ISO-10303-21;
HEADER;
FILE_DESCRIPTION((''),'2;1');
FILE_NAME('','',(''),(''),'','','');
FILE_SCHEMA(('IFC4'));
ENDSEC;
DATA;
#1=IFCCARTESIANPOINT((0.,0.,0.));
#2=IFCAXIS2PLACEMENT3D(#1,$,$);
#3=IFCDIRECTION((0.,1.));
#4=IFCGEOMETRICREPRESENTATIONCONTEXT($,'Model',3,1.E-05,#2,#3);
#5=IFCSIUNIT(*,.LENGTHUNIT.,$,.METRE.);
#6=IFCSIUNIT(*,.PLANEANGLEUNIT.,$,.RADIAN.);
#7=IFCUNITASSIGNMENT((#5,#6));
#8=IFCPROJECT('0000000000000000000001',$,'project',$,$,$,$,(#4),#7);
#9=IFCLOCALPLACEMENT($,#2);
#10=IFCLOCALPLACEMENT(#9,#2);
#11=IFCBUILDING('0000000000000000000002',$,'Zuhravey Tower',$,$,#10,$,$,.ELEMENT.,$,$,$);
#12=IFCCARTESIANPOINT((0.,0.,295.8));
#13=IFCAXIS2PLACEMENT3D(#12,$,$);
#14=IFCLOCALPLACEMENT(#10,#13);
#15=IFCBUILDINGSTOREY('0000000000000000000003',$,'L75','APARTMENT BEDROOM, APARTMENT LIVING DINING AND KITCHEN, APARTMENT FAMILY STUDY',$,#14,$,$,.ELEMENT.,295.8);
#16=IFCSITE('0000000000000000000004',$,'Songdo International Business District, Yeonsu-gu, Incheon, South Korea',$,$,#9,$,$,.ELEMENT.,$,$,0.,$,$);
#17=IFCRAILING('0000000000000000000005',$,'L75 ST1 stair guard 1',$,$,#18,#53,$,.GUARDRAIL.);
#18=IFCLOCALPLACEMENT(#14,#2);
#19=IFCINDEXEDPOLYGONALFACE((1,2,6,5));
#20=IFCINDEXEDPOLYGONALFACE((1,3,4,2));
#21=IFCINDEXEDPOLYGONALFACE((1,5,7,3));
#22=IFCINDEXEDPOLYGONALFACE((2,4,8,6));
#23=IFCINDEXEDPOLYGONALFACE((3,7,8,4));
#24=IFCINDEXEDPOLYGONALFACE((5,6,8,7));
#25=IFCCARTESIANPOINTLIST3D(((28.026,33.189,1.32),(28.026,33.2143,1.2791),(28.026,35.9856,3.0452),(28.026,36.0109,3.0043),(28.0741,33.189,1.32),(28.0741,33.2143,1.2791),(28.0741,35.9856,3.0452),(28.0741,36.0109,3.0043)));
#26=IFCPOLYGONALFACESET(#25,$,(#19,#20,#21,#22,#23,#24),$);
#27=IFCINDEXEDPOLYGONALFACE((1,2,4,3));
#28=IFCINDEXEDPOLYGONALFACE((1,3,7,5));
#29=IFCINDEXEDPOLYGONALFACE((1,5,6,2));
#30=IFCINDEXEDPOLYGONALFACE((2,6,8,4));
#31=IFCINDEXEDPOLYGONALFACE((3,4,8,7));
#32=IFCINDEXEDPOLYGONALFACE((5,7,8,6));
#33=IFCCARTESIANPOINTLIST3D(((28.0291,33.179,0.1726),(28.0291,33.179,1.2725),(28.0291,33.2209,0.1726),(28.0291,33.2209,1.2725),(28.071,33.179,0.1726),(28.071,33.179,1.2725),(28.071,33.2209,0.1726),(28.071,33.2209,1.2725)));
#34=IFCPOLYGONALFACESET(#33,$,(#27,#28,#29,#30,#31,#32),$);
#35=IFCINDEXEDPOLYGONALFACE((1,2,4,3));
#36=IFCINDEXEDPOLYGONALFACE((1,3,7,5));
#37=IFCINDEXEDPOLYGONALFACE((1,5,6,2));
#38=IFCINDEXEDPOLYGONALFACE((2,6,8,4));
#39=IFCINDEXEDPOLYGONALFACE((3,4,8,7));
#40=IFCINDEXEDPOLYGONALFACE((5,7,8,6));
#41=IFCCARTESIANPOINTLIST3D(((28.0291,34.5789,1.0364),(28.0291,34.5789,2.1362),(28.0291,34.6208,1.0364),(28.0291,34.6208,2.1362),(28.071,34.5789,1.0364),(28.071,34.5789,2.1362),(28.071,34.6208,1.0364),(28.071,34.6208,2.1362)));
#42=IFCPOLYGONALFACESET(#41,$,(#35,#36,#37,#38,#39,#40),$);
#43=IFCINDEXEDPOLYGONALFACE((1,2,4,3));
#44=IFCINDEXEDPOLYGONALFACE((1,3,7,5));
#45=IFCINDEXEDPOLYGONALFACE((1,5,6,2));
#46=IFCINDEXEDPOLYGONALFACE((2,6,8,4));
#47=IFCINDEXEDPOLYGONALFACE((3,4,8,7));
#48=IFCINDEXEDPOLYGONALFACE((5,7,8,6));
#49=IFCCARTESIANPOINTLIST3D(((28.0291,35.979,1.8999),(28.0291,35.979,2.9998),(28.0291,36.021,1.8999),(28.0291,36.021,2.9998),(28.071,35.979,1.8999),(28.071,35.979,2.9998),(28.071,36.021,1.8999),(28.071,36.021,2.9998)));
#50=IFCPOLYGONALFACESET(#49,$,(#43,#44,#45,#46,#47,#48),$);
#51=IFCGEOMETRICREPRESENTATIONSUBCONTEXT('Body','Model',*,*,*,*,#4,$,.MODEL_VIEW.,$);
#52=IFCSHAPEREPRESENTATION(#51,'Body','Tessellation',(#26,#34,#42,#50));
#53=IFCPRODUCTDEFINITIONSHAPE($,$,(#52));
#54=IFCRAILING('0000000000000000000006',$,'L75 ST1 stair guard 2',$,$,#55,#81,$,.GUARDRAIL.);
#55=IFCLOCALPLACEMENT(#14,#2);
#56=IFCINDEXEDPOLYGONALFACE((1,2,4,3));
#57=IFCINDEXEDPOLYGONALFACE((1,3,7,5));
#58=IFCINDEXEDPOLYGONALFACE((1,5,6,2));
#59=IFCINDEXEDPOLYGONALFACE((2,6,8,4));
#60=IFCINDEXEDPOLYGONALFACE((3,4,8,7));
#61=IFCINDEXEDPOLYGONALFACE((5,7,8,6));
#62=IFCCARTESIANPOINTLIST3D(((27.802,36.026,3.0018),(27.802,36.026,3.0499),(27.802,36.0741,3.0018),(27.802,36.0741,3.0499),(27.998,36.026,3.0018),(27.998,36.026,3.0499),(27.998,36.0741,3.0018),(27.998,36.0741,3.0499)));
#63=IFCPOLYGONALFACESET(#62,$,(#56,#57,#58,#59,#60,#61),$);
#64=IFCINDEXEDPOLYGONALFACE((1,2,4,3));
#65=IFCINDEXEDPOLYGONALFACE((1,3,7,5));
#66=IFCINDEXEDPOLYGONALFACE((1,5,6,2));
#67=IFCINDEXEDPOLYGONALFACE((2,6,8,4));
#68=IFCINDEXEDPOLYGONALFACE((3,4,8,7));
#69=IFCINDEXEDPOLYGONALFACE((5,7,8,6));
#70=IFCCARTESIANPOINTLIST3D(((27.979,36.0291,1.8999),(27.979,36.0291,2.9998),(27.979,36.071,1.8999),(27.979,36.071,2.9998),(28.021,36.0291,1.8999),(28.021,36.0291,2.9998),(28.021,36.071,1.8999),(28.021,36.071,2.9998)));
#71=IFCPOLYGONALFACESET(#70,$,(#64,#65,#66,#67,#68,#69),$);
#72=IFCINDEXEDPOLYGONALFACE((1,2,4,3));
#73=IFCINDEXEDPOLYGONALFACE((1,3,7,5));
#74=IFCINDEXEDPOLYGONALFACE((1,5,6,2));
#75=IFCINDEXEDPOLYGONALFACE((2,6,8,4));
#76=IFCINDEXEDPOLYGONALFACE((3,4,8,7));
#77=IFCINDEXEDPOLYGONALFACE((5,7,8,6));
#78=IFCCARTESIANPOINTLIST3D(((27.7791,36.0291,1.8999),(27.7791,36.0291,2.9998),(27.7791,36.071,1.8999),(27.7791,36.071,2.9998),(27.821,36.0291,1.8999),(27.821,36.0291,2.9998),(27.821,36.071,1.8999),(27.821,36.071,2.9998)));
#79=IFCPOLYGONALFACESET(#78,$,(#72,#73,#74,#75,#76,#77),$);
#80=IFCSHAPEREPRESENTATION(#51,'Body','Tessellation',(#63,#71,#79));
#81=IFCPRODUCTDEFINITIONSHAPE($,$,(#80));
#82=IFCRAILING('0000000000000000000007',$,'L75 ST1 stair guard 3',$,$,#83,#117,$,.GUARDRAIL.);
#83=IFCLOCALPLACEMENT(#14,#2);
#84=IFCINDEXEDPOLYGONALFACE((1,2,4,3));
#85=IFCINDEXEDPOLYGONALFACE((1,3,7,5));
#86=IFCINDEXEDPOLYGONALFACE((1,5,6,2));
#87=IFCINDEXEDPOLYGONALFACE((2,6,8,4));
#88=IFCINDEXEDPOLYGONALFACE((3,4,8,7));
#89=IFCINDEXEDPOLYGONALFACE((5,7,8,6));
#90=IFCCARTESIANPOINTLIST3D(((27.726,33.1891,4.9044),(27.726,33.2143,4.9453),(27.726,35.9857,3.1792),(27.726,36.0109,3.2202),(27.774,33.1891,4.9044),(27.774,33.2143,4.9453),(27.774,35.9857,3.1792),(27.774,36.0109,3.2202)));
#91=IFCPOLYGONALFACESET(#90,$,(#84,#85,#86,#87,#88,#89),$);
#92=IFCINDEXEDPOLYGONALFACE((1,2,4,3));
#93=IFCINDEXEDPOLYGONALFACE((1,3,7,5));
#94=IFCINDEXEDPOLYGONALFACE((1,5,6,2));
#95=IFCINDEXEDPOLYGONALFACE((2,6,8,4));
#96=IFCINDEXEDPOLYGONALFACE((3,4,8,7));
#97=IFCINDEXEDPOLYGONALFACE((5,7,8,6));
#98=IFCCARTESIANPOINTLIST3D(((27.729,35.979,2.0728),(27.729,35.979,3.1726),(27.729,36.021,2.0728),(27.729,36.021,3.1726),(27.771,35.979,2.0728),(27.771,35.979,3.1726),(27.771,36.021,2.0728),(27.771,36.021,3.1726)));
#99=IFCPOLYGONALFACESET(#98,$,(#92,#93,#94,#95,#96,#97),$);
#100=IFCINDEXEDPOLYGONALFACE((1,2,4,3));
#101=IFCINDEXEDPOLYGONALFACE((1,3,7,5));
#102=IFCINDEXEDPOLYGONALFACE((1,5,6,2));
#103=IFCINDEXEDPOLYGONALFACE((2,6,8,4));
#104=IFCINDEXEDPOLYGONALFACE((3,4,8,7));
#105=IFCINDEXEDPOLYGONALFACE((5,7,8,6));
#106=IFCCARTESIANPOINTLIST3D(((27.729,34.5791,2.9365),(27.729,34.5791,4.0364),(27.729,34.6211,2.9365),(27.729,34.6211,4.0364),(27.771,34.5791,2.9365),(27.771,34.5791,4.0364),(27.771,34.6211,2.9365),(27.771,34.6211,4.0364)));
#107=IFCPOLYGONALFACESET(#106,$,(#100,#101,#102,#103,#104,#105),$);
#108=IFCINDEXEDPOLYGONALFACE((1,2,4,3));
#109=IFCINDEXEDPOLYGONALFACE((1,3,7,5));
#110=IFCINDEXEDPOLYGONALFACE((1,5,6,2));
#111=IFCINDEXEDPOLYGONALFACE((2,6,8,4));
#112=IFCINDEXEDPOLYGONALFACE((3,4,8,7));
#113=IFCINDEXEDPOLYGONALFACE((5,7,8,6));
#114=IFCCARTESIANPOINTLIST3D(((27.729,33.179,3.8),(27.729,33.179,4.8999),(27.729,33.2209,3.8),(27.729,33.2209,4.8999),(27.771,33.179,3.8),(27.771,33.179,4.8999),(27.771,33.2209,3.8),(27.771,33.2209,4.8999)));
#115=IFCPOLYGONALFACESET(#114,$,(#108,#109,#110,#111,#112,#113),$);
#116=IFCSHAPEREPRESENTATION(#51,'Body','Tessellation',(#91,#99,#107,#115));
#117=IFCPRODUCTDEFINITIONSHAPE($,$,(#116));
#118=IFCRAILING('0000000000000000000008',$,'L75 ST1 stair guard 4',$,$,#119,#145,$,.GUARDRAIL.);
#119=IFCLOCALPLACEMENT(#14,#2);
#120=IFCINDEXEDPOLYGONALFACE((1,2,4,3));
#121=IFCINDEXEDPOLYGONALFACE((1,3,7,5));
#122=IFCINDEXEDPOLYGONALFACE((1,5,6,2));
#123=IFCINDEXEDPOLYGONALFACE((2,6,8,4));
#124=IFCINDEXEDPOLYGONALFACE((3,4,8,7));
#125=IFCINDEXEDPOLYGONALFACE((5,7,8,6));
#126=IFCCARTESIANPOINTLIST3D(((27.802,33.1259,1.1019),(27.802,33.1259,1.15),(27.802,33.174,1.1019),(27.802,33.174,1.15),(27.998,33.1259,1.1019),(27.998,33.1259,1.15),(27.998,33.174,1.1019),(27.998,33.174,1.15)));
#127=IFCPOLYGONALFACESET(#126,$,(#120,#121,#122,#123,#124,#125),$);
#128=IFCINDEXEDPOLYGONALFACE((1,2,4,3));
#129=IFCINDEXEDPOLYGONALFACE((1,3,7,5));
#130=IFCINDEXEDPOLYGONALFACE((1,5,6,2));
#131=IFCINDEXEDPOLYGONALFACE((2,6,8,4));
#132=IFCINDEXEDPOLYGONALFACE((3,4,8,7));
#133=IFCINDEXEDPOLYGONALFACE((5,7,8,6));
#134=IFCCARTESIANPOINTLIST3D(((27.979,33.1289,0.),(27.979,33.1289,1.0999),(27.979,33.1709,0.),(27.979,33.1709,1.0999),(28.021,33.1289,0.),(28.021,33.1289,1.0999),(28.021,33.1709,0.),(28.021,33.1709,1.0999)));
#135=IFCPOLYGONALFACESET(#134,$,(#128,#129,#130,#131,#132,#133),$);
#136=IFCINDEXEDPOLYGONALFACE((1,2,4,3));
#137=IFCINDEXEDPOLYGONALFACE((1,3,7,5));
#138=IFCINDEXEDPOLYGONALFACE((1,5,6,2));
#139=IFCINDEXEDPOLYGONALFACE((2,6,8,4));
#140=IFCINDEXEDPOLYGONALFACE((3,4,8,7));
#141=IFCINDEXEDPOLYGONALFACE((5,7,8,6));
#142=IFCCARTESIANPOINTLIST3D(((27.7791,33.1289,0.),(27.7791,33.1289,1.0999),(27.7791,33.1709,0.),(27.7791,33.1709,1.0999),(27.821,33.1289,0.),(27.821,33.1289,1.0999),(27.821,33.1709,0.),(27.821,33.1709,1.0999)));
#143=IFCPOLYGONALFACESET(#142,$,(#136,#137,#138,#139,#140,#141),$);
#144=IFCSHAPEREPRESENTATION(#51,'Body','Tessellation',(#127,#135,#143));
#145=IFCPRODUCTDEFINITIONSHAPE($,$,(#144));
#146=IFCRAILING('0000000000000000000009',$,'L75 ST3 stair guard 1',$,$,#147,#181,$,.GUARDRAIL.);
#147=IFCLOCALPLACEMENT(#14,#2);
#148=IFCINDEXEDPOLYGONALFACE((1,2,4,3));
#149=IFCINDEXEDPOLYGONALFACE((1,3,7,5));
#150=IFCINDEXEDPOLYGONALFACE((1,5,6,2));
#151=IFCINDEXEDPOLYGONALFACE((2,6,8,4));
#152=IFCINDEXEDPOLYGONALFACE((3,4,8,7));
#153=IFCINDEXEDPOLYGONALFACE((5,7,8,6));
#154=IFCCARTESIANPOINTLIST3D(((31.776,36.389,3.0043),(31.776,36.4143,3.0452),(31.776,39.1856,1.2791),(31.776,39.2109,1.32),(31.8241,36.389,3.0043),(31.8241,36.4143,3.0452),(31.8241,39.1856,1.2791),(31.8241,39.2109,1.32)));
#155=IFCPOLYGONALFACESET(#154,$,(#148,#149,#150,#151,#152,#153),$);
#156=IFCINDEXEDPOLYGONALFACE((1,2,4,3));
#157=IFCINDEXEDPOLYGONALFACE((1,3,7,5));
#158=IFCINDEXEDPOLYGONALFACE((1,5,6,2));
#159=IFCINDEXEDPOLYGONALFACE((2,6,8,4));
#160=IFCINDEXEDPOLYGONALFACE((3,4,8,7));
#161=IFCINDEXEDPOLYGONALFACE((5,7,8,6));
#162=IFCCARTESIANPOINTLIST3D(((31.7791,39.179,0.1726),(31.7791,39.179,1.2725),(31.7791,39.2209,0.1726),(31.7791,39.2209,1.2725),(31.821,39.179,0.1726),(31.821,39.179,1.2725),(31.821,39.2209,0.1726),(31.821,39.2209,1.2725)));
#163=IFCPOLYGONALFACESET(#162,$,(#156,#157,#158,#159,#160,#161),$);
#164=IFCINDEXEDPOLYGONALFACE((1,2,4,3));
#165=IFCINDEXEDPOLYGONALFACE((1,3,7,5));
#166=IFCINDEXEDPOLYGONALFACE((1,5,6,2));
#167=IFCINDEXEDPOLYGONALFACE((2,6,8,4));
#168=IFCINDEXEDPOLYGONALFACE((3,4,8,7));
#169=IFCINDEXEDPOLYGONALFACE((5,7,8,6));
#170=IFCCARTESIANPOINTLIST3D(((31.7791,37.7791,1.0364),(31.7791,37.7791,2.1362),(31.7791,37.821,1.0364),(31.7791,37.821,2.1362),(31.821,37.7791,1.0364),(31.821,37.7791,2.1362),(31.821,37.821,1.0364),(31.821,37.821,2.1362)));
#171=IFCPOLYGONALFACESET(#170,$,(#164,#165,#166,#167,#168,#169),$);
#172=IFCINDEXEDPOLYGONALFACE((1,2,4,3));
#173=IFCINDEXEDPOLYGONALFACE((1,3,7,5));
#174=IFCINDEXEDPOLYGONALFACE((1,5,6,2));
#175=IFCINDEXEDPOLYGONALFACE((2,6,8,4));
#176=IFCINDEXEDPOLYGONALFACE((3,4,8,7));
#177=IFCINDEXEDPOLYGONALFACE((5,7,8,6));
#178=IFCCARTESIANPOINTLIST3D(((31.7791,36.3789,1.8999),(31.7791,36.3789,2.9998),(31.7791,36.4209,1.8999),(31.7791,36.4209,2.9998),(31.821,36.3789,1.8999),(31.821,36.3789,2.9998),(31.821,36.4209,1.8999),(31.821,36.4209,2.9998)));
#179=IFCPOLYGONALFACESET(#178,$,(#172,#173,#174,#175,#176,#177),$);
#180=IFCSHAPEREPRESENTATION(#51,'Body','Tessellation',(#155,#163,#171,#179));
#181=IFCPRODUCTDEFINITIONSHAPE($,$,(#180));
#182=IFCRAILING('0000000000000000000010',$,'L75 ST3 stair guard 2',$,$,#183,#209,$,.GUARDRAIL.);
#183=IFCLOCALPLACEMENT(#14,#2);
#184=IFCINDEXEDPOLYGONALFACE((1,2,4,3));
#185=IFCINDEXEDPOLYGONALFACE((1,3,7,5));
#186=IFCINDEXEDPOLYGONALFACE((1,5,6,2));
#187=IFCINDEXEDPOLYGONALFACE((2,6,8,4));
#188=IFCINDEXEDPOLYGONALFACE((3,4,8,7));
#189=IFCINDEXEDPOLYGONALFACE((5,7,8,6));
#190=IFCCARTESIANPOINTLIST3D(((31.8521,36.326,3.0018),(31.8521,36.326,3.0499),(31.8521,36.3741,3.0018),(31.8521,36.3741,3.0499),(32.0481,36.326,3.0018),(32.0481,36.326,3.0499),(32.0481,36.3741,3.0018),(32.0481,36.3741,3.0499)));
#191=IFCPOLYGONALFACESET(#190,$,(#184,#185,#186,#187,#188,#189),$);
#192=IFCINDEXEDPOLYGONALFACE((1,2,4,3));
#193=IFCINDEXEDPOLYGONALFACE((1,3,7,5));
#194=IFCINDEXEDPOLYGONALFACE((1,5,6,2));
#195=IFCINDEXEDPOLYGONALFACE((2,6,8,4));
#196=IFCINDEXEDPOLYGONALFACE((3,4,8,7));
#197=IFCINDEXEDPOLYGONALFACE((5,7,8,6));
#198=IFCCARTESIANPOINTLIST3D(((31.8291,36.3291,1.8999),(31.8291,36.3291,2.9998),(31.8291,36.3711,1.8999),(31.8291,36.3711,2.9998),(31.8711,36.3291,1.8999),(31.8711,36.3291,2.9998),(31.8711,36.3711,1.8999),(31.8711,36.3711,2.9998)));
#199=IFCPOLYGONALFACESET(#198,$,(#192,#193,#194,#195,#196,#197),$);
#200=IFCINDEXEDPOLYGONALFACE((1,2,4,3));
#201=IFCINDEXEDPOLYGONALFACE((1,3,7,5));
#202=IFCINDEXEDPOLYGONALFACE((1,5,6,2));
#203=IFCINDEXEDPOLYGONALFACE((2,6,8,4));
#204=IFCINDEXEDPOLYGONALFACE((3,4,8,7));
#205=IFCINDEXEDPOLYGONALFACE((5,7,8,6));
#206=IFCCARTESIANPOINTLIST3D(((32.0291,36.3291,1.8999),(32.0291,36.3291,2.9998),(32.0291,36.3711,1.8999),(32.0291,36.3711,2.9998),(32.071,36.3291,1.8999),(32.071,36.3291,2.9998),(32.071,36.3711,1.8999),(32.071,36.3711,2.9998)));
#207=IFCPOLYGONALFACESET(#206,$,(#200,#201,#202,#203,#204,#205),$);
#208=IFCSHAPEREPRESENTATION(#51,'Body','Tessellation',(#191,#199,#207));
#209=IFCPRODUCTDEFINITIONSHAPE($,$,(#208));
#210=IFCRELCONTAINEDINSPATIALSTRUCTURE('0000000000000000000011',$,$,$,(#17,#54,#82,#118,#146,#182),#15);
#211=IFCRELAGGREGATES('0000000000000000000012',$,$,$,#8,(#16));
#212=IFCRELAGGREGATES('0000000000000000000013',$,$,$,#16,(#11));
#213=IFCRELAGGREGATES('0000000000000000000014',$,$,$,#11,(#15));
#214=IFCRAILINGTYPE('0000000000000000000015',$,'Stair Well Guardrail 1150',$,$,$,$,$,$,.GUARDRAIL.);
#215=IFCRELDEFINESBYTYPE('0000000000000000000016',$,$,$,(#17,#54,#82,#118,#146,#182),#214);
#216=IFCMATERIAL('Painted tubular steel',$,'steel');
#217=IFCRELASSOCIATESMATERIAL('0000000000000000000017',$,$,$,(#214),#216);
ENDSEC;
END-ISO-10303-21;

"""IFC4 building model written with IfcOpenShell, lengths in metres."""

from ifc_helpers import new_model, si_unit, direction, frame, origin, origin_2d, place, context, subcontext, project, spatial, rectangle, extrude, material, type_object, element, save


model = new_model("IFC4")

# Units and contexts
model_context = context("Model", 3, precision=1e-05, world=origin(), true_north=direction((0.0, 1.0)))
body_context = subcontext(model_context, "Body", "Model", "MODEL_VIEW")
ifc_project = project(units=[si_unit("LENGTHUNIT", "METRE"), si_unit("PLANEANGLEUNIT", "RADIAN")], contexts=[model_context])

# Site, building, storey
site_placement = place(None, origin())
site = spatial("IfcSite", under=ifc_project, at=site_placement, Name="Songdo International Business District, Yeonsu-gu, Incheon, South Korea", CompositionType="ELEMENT", RefElevation=0.0)
building_placement = place(site_placement, origin())
building = spatial("IfcBuilding", under=site, at=building_placement, Name="Zuhravey Tower", CompositionType="ELEMENT")
storey_placement = place(building_placement, frame((0.0, 0.0, 295.8)))
storey = spatial("IfcBuildingStorey", under=building, at=storey_placement, Name="L75", Description="APARTMENT BEDROOM, APARTMENT LIVING DINING AND KITCHEN, APARTMENT FAMILY STUDY", CompositionType="ELEMENT", Elevation=295.8)

# Railings
ifc_material_1 = material(Name="Painted tubular steel", Category="steel")
railing_type_1 = type_object("IfcRailingType", Name="Stair Well Guardrail 1150", PredefinedType="GUARDRAIL", material=ifc_material_1)
railing_1_placement = place(storey_placement, frame((28.05, 33.2, 0.1726)))
element("IfcRailing", 1, at=railing_1_placement, inside=storey, type_object=railing_type_1, Name="L75 ST1 stair guard 1", PredefinedType="GUARDRAIL", context=body_context, shape_type="SweptSolid", body=[
    extrude(rectangle(XDim=0.0481, YDim=0.0481, at=origin_2d()), frame((0.0, 0.0017, 1.127), z_axis=(0.0, 0.85109, 0.52502), x_axis=(-1.0, 0.0, 0.0)), (0.0, 0.0, 1.0), 3.2859),
    extrude(rectangle(XDim=0.042, YDim=0.042, at=origin_2d()), origin(), (0.0, 0.0, 1.0), 1.0999),
    extrude(rectangle(XDim=0.042, YDim=0.042, at=origin_2d()), frame((0.0, 1.3999, 0.8638)), (0.0, 0.0, 1.0), 1.0999),
    extrude(rectangle(XDim=0.042, YDim=0.042, at=origin_2d()), frame((0.0, 2.8, 1.7273)), (0.0, 0.0, 1.0), 1.0999),
])
railing_2_placement = place(storey_placement, frame((28.0, 36.05, 1.8999)))
element("IfcRailing", 2, at=railing_2_placement, inside=storey, type_object=railing_type_1, Name="L75 ST1 stair guard 2", PredefinedType="GUARDRAIL", context=body_context, shape_type="SweptSolid", body=[
    extrude(rectangle(XDim=0.0481, YDim=0.0481, at=origin_2d()), frame((-0.002, 0.0, 1.126), z_axis=(-1.0, 0.0, 0.0), x_axis=(0.0, -1.0, 0.0)), (0.0, 0.0, 1.0), 0.196),
    extrude(rectangle(XDim=0.042, YDim=0.042, at=origin_2d()), origin(), (0.0, 0.0, 1.0), 1.0999),
    extrude(rectangle(XDim=0.042, YDim=0.042, at=origin_2d()), frame((-0.2, 0.0, 0.0)), (0.0, 0.0, 1.0), 1.0999),
])
railing_3_placement = place(storey_placement, frame((27.75, 36.0, 2.0728)))
element("IfcRailing", 3, at=railing_3_placement, inside=storey, type_object=railing_type_1, Name="L75 ST1 stair guard 3", PredefinedType="GUARDRAIL", context=body_context, shape_type="SweptSolid", body=[
    extrude(rectangle(XDim=0.0481, YDim=0.0481, at=origin_2d()), frame((0.0, -0.0017, 1.127), z_axis=(0.0, -0.85109, 0.52502), x_axis=(1.0, 0.0, 0.0)), (0.0, 0.0, 1.0), 3.2859),
    extrude(rectangle(XDim=0.042, YDim=0.042, at=origin_2d()), origin(), (0.0, 0.0, 1.0), 1.0999),
    extrude(rectangle(XDim=0.042, YDim=0.042, at=origin_2d()), frame((0.0, -1.3999, 0.8638)), (0.0, 0.0, 1.0), 1.0999),
    extrude(rectangle(XDim=0.042, YDim=0.042, at=origin_2d()), frame((0.0, -2.8, 1.7273)), (0.0, 0.0, 1.0), 1.0999),
])
railing_4_placement = place(storey_placement, frame((28.0, 33.1499, 0.0)))
element("IfcRailing", 4, at=railing_4_placement, inside=storey, type_object=railing_type_1, Name="L75 ST1 stair guard 4", PredefinedType="GUARDRAIL", context=body_context, shape_type="SweptSolid", body=[
    extrude(rectangle(XDim=0.0481, YDim=0.0481, at=origin_2d()), frame((-0.002, 0.0, 1.126), z_axis=(-1.0, 0.0, 0.0), x_axis=(0.0, -1.0, 0.0)), (0.0, 0.0, 1.0), 0.196),
    extrude(rectangle(XDim=0.042, YDim=0.042, at=origin_2d()), origin(), (0.0, 0.0, 1.0), 1.0999),
    extrude(rectangle(XDim=0.042, YDim=0.042, at=origin_2d()), frame((-0.2, 0.0, 0.0)), (0.0, 0.0, 1.0), 1.0999),
])
railing_5_placement = place(storey_placement, frame((31.8, 39.2, 0.1726)))
element("IfcRailing", 5, at=railing_5_placement, inside=storey, type_object=railing_type_1, Name="L75 ST3 stair guard 1", PredefinedType="GUARDRAIL", context=body_context, shape_type="SweptSolid", body=[
    extrude(rectangle(XDim=0.0481, YDim=0.0481, at=origin_2d()), frame((0.0, -0.0017, 1.127), z_axis=(0.0, -0.85109, 0.52502), x_axis=(1.0, 0.0, 0.0)), (0.0, 0.0, 1.0), 3.2859),
    extrude(rectangle(XDim=0.042, YDim=0.042, at=origin_2d()), origin(), (0.0, 0.0, 1.0), 1.0999),
    extrude(rectangle(XDim=0.042, YDim=0.042, at=origin_2d()), frame((0.0, -1.3999, 0.8638)), (0.0, 0.0, 1.0), 1.0999),
    extrude(rectangle(XDim=0.042, YDim=0.042, at=origin_2d()), frame((0.0, -2.8, 1.7273)), (0.0, 0.0, 1.0), 1.0999),
])
railing_6_placement = place(storey_placement, frame((31.8501, 36.3501, 1.8999)))
element("IfcRailing", 6, at=railing_6_placement, inside=storey, type_object=railing_type_1, Name="L75 ST3 stair guard 2", PredefinedType="GUARDRAIL", context=body_context, shape_type="SweptSolid", body=[
    extrude(rectangle(XDim=0.0481, YDim=0.0481, at=origin_2d()), frame((0.002, 0.0, 1.126), z_axis=(1.0, 0.0, 0.0), x_axis=(0.0, 1.0, 0.0)), (0.0, 0.0, 1.0), 0.196),
    extrude(rectangle(XDim=0.042, YDim=0.042, at=origin_2d()), origin(), (0.0, 0.0, 1.0), 1.0999),
    extrude(rectangle(XDim=0.042, YDim=0.042, at=origin_2d()), frame((0.2, 0.0, 0.0)), (0.0, 0.0, 1.0), 1.0999),
])

save(model, "model.ifc")
